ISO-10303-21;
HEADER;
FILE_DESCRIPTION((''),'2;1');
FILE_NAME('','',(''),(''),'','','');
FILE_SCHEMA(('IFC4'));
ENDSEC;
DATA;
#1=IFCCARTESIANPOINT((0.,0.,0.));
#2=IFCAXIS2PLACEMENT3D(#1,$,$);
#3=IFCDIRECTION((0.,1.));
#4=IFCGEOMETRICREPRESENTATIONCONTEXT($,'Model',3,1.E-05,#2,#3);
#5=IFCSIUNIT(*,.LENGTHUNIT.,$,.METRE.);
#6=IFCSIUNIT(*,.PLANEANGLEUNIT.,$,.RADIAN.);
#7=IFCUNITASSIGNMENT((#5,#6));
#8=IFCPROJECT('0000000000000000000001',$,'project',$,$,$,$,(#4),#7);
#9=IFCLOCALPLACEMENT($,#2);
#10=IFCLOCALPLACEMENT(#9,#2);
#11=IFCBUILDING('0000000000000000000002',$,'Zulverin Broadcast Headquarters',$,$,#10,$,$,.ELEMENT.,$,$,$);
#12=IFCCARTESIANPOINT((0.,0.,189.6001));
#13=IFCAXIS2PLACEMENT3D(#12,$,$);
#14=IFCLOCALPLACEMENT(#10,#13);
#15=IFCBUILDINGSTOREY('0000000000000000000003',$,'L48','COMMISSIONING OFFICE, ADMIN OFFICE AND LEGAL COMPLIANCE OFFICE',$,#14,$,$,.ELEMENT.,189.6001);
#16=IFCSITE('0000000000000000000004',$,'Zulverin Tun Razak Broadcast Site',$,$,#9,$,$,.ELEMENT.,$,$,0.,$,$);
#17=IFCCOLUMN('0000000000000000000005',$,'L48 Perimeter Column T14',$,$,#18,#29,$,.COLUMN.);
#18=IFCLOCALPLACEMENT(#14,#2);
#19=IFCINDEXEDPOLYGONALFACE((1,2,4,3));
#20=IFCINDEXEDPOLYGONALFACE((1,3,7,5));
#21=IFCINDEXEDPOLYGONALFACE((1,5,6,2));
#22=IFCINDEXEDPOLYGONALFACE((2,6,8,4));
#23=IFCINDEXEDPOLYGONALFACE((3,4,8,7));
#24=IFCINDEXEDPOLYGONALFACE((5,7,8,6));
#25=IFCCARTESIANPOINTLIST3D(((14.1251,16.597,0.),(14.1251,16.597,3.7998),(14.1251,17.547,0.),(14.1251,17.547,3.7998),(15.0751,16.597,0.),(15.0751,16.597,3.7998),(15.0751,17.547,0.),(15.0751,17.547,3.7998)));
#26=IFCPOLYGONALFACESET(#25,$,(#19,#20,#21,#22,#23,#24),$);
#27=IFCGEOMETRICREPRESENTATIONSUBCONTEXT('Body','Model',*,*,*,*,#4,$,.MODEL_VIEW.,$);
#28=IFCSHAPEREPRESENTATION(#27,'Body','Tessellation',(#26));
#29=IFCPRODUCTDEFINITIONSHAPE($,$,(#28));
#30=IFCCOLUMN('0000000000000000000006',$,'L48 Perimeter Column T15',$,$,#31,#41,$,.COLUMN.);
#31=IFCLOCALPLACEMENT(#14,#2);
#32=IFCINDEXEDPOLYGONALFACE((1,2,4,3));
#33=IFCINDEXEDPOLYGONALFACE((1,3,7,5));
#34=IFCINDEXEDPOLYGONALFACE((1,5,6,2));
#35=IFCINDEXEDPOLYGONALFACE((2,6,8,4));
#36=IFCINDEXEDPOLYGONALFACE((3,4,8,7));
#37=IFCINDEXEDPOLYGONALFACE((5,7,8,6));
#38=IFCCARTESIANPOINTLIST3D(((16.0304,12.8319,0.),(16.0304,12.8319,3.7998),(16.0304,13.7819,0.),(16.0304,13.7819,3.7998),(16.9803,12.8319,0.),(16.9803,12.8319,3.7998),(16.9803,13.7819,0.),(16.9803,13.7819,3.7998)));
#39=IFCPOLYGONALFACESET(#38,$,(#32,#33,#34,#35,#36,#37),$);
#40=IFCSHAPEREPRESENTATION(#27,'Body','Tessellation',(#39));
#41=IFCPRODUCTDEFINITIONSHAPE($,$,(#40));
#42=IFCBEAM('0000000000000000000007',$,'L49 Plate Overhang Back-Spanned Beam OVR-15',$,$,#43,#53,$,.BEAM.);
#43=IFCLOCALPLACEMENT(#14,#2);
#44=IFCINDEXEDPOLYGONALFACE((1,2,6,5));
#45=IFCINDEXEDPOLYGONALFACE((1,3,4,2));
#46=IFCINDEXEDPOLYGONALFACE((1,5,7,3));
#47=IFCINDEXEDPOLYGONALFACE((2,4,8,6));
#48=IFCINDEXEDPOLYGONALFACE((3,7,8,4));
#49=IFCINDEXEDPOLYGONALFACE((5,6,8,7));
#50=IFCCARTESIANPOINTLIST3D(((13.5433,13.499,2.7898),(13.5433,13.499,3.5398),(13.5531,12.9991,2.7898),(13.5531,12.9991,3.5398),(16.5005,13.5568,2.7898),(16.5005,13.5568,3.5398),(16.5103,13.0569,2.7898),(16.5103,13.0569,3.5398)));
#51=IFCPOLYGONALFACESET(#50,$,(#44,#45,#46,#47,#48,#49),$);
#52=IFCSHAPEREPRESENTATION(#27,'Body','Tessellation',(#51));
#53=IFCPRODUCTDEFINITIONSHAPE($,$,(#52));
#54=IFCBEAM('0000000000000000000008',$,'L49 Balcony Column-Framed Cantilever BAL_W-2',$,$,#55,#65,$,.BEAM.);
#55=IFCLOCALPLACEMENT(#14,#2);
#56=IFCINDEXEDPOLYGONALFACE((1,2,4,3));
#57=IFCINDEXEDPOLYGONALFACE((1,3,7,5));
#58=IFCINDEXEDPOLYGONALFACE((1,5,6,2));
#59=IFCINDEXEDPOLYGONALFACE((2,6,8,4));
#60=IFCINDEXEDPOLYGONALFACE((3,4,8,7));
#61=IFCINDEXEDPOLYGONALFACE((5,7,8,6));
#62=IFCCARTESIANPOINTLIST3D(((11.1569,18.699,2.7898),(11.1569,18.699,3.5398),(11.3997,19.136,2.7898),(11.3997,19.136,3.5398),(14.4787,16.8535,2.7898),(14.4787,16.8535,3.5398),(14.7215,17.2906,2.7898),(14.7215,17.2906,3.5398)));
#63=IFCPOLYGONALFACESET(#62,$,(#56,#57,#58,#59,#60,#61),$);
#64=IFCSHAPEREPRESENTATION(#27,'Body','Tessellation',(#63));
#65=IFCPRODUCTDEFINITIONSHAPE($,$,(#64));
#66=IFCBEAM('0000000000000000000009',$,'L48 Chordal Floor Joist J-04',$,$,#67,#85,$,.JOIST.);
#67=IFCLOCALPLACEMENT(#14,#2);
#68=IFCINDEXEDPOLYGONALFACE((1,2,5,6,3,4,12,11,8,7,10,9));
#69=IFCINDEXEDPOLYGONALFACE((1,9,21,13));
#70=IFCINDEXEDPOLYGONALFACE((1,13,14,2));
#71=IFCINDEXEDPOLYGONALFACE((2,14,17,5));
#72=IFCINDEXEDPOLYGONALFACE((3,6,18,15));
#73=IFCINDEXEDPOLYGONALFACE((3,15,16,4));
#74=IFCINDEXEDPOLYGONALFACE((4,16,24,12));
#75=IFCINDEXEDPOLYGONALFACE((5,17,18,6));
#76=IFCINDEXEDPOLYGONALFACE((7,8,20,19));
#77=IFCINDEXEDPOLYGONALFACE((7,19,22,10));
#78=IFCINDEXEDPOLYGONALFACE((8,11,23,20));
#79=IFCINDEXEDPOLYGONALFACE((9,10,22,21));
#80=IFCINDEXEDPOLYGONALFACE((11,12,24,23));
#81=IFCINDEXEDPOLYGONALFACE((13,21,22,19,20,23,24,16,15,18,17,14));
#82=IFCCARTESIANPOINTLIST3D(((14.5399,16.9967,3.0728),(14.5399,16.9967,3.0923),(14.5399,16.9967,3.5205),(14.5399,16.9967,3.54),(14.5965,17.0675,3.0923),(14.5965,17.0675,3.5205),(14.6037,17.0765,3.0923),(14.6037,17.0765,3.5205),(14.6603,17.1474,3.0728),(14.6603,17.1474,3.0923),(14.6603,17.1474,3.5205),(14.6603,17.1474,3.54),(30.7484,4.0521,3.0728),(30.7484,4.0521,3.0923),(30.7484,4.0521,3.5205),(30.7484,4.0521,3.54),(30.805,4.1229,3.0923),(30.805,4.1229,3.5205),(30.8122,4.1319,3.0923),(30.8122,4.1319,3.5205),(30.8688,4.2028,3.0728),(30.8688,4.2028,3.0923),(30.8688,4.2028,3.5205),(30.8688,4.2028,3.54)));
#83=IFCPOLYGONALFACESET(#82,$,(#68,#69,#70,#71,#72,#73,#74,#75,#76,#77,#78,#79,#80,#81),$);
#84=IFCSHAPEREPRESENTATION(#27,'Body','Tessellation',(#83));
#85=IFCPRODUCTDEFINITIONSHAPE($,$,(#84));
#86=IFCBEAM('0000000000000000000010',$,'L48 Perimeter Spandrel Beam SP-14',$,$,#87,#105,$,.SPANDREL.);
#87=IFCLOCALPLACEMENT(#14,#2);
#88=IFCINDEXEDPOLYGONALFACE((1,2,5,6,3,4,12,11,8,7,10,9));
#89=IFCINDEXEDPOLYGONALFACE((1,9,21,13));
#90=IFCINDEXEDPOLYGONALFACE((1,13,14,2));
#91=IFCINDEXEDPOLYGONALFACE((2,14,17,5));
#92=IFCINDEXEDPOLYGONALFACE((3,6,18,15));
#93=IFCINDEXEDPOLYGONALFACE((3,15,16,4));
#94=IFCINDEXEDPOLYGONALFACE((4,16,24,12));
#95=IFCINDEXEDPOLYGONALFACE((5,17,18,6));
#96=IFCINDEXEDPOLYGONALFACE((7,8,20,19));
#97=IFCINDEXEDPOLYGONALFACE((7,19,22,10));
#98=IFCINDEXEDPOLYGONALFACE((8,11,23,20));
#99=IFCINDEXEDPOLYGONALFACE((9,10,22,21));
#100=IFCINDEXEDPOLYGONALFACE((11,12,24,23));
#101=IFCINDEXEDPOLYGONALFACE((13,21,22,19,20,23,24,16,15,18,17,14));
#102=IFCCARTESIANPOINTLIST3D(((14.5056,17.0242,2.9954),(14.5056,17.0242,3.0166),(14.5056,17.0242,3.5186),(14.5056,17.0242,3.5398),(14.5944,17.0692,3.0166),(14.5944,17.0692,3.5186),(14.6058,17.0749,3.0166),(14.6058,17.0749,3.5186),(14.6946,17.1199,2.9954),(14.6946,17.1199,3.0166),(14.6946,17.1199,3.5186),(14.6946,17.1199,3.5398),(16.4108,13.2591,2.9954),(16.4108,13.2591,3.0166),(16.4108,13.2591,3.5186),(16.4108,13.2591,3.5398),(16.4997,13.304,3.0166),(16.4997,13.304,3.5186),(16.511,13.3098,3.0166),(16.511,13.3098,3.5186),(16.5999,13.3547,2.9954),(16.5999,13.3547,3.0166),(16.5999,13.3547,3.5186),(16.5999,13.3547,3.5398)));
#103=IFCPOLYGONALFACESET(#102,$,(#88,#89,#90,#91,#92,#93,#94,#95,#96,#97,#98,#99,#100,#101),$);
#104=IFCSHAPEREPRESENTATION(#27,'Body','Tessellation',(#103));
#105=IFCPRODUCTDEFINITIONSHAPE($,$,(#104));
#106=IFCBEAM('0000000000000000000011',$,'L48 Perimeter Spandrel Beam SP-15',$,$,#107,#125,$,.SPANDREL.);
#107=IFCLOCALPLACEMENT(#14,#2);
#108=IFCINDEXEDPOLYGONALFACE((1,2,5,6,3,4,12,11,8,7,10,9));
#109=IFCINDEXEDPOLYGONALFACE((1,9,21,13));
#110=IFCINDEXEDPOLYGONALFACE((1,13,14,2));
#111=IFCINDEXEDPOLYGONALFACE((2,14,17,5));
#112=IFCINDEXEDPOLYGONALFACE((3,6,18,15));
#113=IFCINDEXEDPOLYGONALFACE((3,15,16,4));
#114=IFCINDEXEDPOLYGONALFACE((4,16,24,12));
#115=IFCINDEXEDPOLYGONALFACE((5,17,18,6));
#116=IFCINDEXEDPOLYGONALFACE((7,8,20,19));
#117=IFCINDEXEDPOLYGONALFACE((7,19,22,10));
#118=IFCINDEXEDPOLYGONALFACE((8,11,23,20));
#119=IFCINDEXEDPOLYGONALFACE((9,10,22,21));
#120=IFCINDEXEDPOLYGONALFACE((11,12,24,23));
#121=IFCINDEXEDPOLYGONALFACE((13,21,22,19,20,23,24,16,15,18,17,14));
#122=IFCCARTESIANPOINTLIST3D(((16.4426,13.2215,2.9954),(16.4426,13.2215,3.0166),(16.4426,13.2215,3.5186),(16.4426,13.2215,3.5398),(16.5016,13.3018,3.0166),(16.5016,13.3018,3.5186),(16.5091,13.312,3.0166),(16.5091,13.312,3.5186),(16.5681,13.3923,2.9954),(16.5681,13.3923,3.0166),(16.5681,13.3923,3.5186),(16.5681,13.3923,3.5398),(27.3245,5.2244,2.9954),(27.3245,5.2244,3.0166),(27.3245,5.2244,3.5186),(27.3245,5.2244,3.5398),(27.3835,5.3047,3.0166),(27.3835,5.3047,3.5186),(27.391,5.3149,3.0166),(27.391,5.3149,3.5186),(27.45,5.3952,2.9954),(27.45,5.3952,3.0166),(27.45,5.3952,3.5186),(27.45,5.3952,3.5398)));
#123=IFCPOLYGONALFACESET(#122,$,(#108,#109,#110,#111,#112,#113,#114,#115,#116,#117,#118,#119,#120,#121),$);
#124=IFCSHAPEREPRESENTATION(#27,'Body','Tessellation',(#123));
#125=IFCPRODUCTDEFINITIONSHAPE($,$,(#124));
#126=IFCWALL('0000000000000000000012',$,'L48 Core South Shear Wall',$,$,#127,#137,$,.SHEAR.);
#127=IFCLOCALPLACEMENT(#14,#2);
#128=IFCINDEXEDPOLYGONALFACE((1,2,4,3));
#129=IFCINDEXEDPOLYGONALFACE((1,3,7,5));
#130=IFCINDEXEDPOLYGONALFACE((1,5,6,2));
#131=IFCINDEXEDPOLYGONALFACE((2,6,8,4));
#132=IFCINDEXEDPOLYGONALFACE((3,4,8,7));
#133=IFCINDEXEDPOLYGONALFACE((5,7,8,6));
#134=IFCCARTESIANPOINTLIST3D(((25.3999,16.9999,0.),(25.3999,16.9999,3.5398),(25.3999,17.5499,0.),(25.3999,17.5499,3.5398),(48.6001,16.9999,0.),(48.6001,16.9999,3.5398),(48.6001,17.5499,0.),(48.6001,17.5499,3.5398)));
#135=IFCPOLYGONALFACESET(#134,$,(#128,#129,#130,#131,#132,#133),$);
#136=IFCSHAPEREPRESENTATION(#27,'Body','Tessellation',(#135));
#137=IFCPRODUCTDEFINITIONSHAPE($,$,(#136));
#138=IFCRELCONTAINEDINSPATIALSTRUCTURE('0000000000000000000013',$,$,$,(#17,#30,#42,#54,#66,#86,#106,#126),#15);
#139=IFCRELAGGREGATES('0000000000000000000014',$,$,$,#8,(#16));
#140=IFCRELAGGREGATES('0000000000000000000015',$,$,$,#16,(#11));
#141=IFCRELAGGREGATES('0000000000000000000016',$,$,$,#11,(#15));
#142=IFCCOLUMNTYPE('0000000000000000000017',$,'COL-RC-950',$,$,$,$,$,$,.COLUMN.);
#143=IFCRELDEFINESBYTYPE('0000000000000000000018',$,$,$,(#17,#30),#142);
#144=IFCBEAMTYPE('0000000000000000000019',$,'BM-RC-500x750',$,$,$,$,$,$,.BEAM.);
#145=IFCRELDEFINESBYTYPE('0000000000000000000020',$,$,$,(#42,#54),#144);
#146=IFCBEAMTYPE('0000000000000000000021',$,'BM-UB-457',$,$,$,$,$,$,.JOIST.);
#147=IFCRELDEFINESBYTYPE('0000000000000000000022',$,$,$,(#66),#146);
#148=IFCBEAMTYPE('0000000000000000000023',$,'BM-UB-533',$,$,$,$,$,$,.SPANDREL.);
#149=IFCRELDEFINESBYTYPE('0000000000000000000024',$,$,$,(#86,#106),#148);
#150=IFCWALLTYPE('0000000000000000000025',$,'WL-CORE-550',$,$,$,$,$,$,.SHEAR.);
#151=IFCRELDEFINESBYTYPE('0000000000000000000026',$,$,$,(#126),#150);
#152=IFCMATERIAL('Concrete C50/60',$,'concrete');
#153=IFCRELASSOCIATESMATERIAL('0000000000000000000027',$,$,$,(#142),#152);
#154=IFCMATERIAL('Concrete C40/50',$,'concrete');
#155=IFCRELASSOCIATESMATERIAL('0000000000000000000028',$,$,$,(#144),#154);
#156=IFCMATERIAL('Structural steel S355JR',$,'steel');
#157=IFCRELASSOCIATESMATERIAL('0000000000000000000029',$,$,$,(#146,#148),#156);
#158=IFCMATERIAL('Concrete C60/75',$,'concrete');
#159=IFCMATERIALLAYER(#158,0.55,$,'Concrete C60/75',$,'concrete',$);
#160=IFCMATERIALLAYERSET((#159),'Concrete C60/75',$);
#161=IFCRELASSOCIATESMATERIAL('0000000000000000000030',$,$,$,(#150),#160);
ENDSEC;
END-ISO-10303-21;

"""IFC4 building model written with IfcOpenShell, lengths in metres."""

from ifc_helpers import new_model, si_unit, direction, frame, frame_2d, origin, origin_2d, place, context, subcontext, project, spatial, rectangle, i_section, extrude, material, layer, layer_set, material_profile, profile_set, type_object, element, save


model = new_model("IFC4")

# Units and contexts
model_context = context("Model", 3, precision=1e-05, world=origin(), true_north=direction((0.0, 1.0)))
body_context = subcontext(model_context, "Body", "Model", "MODEL_VIEW")
ifc_project = project(units=[si_unit("LENGTHUNIT", "METRE"), si_unit("PLANEANGLEUNIT", "RADIAN")], contexts=[model_context])

# Site, building, storey
site_placement = place(None, origin())
site = spatial("IfcSite", under=ifc_project, at=site_placement, Name="Zulverin Tun Razak Broadcast Site", CompositionType="ELEMENT", RefElevation=0.0)
building_placement = place(site_placement, origin())
building = spatial("IfcBuilding", under=site, at=building_placement, Name="Zulverin Broadcast Headquarters", CompositionType="ELEMENT")
storey_placement = place(building_placement, frame((0.0, 0.0, 189.6001)))
storey = spatial("IfcBuildingStorey", under=building, at=storey_placement, Name="L48", Description="COMMISSIONING OFFICE, ADMIN OFFICE AND LEGAL COMPLIANCE OFFICE", CompositionType="ELEMENT", Elevation=189.6001)

# Columns
ifc_material_1 = material(Name="Concrete C50/60", Category="concrete")
ifc_material_profile_1 = material_profile(ifc_material_1, rectangle(XDim=0.95, YDim=0.95, at=origin_2d()), Name="Concrete C50/60", Category="concrete")
ifc_profile_set_1 = profile_set([ifc_material_profile_1], Name="Concrete C50/60")
column_type = type_object("IfcColumnType", Name="COL-RC-950", PredefinedType="COLUMN", material=ifc_profile_set_1)
for number, where, z_axis, x_axis, name in (
    (1, (14.6001, 17.072, 0.0), (0.0, 0.0, 1.0), (1.0, 0.0, 0.0), "L48 Perimeter Column T14"),
    (2, (16.5054, 13.3069, 0.0), (0.0, 0.0, 1.0), (1.0, 0.0, 0.0), "L48 Perimeter Column T15"),
):
    element("IfcColumn", number, at=place(storey_placement, frame(where, z_axis=z_axis, x_axis=x_axis)), inside=storey, type_object=column_type, Name=name, PredefinedType="COLUMN", context=body_context, shape_type="SweptSolid", body=[
        extrude(rectangle(XDim=0.95, YDim=0.95, at=origin_2d()), origin(), (0.0, 0.0, 1.0), 3.7998),
    ])

# Beams
ifc_material_2 = material(Name="Concrete C40/50", Category="concrete")
ifc_material_profile_2 = material_profile(ifc_material_2, rectangle(XDim=0.5, YDim=0.75, at=origin_2d()), Name="Concrete C40/50", Category="concrete")
ifc_profile_set_2 = profile_set([ifc_material_profile_2], Name="Concrete C40/50")
beam_type_1 = type_object("IfcBeamType", Name="BM-RC-500x750", PredefinedType="BEAM", material=ifc_profile_set_2)
beam_1_placement = place(storey_placement, frame((16.5054, 13.3069, 3.1648), z_axis=(-0.999809, -0.019562, 0.0), x_axis=(0.019562, -0.999809, 0.0)))
element("IfcBeam", 3, at=beam_1_placement, inside=storey, type_object=beam_type_1, Name="L49 Plate Overhang Back-Spanned Beam OVR-15", PredefinedType="BEAM", context=body_context, shape_type="SweptSolid", body=[
    extrude(rectangle(XDim=0.5, YDim=0.75, at=origin_2d()), origin(), (0.0, 0.0, 1.0), 2.9578),
])
beam_2_placement = place(storey_placement, frame((14.6001, 17.072, 3.1648), z_axis=(-0.874154, 0.485648, 0.0), x_axis=(-0.485648, -0.874154, 0.0)))
element("IfcBeam", 4, at=beam_2_placement, inside=storey, type_object=beam_type_1, Name="L49 Balcony Column-Framed Cantilever BAL_W-2", PredefinedType="BEAM", context=body_context, shape_type="SweptSolid", body=[
    extrude(rectangle(XDim=0.5, YDim=0.75, at=origin_2d()), origin(), (0.0, 0.0, 1.0), 3.8),
])
ifc_material_3 = material(Name="Structural steel S355JR", Category="steel")
ifc_material_profile_3 = material_profile(ifc_material_3, i_section(OverallWidth=0.1929, OverallDepth=0.4673, WebThickness=0.0115, FlangeThickness=0.0195, at=origin_2d()), Name="Structural steel S355JR", Category="steel")
ifc_profile_set_3 = profile_set([ifc_material_profile_3], Name="Structural steel S355JR")
beam_type_2 = type_object("IfcBeamType", Name="BM-UB-457", PredefinedType="JOIST", material=ifc_profile_set_3)
beam_3_placement = place(storey_placement, frame((14.6001, 17.072, 3.3064), z_axis=(0.781391, -0.624042, 0.0), x_axis=(0.624042, 0.781391, 0.0)))
element("IfcBeam", 5, at=beam_3_placement, inside=storey, type_object=beam_type_2, Name="L48 Chordal Floor Joist J-04", PredefinedType="JOIST", context=body_context, shape_type="SweptSolid", body=[
    extrude(i_section(OverallWidth=0.1929, OverallDepth=0.4673, WebThickness=0.0115, FlangeThickness=0.0195, at=origin_2d()), origin(), (0.0, 0.0, 1.0), 20.7432),
])
ifc_material_profile_4 = material_profile(ifc_material_3, i_section(OverallWidth=0.2119, OverallDepth=0.5444, WebThickness=0.0127, FlangeThickness=0.0212, at=origin_2d()), Name="Structural steel S355JR", Category="steel")
ifc_profile_set_4 = profile_set([ifc_material_profile_4], Name="Structural steel S355JR")
beam_type_3 = type_object("IfcBeamType", Name="BM-UB-533", PredefinedType="SPANDREL", material=ifc_profile_set_4)
beam_4_placement = place(storey_placement, frame((14.6001, 17.072, 3.2676), z_axis=(0.451513, -0.892265, 0.0), x_axis=(0.892265, 0.451513, 0.0)))
element("IfcBeam", 6, at=beam_4_placement, inside=storey, type_object=beam_type_3, Name="L48 Perimeter Spandrel Beam SP-14", PredefinedType="SPANDREL", context=body_context, shape_type="SweptSolid", body=[
    extrude(i_section(OverallWidth=0.2119, OverallDepth=0.5444, WebThickness=0.0127, FlangeThickness=0.0212, at=origin_2d()), origin(), (0.0, 0.0, 1.0), 4.2197),
])
beam_5_placement = place(storey_placement, frame((16.5054, 13.3069, 3.2676), z_axis=(0.805802, -0.592185, 0.0), x_axis=(0.592185, 0.805802, 0.0)))
element("IfcBeam", 7, at=beam_5_placement, inside=storey, type_object=beam_type_3, Name="L48 Perimeter Spandrel Beam SP-15", PredefinedType="SPANDREL", context=body_context, shape_type="SweptSolid", body=[
    extrude(i_section(OverallWidth=0.2119, OverallDepth=0.5444, WebThickness=0.0127, FlangeThickness=0.0212, at=origin_2d()), origin(), (0.0, 0.0, 1.0), 13.5044),
])

# Wall
ifc_material_4 = material(Name="Concrete C60/75", Category="concrete")
ifc_layer_1 = layer(ifc_material_4, 0.55, Name="Concrete C60/75", Category="concrete")
ifc_layer_set_1 = layer_set([ifc_layer_1], Name="Concrete C60/75")
wall_type_1 = type_object("IfcWallType", Name="WL-CORE-550", PredefinedType="SHEAR", material=ifc_layer_set_1)
wall_1_placement = place(storey_placement, frame((25.3999, 17.2749, 0.0), z_axis=(0.0, 0.0, 1.0), x_axis=(1.0, 0.0, 0.0)))
element("IfcWall", 8, at=wall_1_placement, inside=storey, type_object=wall_type_1, Name="L48 Core South Shear Wall", PredefinedType="SHEAR", context=body_context, shape_type="SweptSolid", body=[
    extrude(rectangle(XDim=23.2002, YDim=0.55, at=frame_2d((11.6001, 0.0))), origin(), (0.0, 0.0, 1.0), 3.5398),
])

save(model, "model.ifc")
